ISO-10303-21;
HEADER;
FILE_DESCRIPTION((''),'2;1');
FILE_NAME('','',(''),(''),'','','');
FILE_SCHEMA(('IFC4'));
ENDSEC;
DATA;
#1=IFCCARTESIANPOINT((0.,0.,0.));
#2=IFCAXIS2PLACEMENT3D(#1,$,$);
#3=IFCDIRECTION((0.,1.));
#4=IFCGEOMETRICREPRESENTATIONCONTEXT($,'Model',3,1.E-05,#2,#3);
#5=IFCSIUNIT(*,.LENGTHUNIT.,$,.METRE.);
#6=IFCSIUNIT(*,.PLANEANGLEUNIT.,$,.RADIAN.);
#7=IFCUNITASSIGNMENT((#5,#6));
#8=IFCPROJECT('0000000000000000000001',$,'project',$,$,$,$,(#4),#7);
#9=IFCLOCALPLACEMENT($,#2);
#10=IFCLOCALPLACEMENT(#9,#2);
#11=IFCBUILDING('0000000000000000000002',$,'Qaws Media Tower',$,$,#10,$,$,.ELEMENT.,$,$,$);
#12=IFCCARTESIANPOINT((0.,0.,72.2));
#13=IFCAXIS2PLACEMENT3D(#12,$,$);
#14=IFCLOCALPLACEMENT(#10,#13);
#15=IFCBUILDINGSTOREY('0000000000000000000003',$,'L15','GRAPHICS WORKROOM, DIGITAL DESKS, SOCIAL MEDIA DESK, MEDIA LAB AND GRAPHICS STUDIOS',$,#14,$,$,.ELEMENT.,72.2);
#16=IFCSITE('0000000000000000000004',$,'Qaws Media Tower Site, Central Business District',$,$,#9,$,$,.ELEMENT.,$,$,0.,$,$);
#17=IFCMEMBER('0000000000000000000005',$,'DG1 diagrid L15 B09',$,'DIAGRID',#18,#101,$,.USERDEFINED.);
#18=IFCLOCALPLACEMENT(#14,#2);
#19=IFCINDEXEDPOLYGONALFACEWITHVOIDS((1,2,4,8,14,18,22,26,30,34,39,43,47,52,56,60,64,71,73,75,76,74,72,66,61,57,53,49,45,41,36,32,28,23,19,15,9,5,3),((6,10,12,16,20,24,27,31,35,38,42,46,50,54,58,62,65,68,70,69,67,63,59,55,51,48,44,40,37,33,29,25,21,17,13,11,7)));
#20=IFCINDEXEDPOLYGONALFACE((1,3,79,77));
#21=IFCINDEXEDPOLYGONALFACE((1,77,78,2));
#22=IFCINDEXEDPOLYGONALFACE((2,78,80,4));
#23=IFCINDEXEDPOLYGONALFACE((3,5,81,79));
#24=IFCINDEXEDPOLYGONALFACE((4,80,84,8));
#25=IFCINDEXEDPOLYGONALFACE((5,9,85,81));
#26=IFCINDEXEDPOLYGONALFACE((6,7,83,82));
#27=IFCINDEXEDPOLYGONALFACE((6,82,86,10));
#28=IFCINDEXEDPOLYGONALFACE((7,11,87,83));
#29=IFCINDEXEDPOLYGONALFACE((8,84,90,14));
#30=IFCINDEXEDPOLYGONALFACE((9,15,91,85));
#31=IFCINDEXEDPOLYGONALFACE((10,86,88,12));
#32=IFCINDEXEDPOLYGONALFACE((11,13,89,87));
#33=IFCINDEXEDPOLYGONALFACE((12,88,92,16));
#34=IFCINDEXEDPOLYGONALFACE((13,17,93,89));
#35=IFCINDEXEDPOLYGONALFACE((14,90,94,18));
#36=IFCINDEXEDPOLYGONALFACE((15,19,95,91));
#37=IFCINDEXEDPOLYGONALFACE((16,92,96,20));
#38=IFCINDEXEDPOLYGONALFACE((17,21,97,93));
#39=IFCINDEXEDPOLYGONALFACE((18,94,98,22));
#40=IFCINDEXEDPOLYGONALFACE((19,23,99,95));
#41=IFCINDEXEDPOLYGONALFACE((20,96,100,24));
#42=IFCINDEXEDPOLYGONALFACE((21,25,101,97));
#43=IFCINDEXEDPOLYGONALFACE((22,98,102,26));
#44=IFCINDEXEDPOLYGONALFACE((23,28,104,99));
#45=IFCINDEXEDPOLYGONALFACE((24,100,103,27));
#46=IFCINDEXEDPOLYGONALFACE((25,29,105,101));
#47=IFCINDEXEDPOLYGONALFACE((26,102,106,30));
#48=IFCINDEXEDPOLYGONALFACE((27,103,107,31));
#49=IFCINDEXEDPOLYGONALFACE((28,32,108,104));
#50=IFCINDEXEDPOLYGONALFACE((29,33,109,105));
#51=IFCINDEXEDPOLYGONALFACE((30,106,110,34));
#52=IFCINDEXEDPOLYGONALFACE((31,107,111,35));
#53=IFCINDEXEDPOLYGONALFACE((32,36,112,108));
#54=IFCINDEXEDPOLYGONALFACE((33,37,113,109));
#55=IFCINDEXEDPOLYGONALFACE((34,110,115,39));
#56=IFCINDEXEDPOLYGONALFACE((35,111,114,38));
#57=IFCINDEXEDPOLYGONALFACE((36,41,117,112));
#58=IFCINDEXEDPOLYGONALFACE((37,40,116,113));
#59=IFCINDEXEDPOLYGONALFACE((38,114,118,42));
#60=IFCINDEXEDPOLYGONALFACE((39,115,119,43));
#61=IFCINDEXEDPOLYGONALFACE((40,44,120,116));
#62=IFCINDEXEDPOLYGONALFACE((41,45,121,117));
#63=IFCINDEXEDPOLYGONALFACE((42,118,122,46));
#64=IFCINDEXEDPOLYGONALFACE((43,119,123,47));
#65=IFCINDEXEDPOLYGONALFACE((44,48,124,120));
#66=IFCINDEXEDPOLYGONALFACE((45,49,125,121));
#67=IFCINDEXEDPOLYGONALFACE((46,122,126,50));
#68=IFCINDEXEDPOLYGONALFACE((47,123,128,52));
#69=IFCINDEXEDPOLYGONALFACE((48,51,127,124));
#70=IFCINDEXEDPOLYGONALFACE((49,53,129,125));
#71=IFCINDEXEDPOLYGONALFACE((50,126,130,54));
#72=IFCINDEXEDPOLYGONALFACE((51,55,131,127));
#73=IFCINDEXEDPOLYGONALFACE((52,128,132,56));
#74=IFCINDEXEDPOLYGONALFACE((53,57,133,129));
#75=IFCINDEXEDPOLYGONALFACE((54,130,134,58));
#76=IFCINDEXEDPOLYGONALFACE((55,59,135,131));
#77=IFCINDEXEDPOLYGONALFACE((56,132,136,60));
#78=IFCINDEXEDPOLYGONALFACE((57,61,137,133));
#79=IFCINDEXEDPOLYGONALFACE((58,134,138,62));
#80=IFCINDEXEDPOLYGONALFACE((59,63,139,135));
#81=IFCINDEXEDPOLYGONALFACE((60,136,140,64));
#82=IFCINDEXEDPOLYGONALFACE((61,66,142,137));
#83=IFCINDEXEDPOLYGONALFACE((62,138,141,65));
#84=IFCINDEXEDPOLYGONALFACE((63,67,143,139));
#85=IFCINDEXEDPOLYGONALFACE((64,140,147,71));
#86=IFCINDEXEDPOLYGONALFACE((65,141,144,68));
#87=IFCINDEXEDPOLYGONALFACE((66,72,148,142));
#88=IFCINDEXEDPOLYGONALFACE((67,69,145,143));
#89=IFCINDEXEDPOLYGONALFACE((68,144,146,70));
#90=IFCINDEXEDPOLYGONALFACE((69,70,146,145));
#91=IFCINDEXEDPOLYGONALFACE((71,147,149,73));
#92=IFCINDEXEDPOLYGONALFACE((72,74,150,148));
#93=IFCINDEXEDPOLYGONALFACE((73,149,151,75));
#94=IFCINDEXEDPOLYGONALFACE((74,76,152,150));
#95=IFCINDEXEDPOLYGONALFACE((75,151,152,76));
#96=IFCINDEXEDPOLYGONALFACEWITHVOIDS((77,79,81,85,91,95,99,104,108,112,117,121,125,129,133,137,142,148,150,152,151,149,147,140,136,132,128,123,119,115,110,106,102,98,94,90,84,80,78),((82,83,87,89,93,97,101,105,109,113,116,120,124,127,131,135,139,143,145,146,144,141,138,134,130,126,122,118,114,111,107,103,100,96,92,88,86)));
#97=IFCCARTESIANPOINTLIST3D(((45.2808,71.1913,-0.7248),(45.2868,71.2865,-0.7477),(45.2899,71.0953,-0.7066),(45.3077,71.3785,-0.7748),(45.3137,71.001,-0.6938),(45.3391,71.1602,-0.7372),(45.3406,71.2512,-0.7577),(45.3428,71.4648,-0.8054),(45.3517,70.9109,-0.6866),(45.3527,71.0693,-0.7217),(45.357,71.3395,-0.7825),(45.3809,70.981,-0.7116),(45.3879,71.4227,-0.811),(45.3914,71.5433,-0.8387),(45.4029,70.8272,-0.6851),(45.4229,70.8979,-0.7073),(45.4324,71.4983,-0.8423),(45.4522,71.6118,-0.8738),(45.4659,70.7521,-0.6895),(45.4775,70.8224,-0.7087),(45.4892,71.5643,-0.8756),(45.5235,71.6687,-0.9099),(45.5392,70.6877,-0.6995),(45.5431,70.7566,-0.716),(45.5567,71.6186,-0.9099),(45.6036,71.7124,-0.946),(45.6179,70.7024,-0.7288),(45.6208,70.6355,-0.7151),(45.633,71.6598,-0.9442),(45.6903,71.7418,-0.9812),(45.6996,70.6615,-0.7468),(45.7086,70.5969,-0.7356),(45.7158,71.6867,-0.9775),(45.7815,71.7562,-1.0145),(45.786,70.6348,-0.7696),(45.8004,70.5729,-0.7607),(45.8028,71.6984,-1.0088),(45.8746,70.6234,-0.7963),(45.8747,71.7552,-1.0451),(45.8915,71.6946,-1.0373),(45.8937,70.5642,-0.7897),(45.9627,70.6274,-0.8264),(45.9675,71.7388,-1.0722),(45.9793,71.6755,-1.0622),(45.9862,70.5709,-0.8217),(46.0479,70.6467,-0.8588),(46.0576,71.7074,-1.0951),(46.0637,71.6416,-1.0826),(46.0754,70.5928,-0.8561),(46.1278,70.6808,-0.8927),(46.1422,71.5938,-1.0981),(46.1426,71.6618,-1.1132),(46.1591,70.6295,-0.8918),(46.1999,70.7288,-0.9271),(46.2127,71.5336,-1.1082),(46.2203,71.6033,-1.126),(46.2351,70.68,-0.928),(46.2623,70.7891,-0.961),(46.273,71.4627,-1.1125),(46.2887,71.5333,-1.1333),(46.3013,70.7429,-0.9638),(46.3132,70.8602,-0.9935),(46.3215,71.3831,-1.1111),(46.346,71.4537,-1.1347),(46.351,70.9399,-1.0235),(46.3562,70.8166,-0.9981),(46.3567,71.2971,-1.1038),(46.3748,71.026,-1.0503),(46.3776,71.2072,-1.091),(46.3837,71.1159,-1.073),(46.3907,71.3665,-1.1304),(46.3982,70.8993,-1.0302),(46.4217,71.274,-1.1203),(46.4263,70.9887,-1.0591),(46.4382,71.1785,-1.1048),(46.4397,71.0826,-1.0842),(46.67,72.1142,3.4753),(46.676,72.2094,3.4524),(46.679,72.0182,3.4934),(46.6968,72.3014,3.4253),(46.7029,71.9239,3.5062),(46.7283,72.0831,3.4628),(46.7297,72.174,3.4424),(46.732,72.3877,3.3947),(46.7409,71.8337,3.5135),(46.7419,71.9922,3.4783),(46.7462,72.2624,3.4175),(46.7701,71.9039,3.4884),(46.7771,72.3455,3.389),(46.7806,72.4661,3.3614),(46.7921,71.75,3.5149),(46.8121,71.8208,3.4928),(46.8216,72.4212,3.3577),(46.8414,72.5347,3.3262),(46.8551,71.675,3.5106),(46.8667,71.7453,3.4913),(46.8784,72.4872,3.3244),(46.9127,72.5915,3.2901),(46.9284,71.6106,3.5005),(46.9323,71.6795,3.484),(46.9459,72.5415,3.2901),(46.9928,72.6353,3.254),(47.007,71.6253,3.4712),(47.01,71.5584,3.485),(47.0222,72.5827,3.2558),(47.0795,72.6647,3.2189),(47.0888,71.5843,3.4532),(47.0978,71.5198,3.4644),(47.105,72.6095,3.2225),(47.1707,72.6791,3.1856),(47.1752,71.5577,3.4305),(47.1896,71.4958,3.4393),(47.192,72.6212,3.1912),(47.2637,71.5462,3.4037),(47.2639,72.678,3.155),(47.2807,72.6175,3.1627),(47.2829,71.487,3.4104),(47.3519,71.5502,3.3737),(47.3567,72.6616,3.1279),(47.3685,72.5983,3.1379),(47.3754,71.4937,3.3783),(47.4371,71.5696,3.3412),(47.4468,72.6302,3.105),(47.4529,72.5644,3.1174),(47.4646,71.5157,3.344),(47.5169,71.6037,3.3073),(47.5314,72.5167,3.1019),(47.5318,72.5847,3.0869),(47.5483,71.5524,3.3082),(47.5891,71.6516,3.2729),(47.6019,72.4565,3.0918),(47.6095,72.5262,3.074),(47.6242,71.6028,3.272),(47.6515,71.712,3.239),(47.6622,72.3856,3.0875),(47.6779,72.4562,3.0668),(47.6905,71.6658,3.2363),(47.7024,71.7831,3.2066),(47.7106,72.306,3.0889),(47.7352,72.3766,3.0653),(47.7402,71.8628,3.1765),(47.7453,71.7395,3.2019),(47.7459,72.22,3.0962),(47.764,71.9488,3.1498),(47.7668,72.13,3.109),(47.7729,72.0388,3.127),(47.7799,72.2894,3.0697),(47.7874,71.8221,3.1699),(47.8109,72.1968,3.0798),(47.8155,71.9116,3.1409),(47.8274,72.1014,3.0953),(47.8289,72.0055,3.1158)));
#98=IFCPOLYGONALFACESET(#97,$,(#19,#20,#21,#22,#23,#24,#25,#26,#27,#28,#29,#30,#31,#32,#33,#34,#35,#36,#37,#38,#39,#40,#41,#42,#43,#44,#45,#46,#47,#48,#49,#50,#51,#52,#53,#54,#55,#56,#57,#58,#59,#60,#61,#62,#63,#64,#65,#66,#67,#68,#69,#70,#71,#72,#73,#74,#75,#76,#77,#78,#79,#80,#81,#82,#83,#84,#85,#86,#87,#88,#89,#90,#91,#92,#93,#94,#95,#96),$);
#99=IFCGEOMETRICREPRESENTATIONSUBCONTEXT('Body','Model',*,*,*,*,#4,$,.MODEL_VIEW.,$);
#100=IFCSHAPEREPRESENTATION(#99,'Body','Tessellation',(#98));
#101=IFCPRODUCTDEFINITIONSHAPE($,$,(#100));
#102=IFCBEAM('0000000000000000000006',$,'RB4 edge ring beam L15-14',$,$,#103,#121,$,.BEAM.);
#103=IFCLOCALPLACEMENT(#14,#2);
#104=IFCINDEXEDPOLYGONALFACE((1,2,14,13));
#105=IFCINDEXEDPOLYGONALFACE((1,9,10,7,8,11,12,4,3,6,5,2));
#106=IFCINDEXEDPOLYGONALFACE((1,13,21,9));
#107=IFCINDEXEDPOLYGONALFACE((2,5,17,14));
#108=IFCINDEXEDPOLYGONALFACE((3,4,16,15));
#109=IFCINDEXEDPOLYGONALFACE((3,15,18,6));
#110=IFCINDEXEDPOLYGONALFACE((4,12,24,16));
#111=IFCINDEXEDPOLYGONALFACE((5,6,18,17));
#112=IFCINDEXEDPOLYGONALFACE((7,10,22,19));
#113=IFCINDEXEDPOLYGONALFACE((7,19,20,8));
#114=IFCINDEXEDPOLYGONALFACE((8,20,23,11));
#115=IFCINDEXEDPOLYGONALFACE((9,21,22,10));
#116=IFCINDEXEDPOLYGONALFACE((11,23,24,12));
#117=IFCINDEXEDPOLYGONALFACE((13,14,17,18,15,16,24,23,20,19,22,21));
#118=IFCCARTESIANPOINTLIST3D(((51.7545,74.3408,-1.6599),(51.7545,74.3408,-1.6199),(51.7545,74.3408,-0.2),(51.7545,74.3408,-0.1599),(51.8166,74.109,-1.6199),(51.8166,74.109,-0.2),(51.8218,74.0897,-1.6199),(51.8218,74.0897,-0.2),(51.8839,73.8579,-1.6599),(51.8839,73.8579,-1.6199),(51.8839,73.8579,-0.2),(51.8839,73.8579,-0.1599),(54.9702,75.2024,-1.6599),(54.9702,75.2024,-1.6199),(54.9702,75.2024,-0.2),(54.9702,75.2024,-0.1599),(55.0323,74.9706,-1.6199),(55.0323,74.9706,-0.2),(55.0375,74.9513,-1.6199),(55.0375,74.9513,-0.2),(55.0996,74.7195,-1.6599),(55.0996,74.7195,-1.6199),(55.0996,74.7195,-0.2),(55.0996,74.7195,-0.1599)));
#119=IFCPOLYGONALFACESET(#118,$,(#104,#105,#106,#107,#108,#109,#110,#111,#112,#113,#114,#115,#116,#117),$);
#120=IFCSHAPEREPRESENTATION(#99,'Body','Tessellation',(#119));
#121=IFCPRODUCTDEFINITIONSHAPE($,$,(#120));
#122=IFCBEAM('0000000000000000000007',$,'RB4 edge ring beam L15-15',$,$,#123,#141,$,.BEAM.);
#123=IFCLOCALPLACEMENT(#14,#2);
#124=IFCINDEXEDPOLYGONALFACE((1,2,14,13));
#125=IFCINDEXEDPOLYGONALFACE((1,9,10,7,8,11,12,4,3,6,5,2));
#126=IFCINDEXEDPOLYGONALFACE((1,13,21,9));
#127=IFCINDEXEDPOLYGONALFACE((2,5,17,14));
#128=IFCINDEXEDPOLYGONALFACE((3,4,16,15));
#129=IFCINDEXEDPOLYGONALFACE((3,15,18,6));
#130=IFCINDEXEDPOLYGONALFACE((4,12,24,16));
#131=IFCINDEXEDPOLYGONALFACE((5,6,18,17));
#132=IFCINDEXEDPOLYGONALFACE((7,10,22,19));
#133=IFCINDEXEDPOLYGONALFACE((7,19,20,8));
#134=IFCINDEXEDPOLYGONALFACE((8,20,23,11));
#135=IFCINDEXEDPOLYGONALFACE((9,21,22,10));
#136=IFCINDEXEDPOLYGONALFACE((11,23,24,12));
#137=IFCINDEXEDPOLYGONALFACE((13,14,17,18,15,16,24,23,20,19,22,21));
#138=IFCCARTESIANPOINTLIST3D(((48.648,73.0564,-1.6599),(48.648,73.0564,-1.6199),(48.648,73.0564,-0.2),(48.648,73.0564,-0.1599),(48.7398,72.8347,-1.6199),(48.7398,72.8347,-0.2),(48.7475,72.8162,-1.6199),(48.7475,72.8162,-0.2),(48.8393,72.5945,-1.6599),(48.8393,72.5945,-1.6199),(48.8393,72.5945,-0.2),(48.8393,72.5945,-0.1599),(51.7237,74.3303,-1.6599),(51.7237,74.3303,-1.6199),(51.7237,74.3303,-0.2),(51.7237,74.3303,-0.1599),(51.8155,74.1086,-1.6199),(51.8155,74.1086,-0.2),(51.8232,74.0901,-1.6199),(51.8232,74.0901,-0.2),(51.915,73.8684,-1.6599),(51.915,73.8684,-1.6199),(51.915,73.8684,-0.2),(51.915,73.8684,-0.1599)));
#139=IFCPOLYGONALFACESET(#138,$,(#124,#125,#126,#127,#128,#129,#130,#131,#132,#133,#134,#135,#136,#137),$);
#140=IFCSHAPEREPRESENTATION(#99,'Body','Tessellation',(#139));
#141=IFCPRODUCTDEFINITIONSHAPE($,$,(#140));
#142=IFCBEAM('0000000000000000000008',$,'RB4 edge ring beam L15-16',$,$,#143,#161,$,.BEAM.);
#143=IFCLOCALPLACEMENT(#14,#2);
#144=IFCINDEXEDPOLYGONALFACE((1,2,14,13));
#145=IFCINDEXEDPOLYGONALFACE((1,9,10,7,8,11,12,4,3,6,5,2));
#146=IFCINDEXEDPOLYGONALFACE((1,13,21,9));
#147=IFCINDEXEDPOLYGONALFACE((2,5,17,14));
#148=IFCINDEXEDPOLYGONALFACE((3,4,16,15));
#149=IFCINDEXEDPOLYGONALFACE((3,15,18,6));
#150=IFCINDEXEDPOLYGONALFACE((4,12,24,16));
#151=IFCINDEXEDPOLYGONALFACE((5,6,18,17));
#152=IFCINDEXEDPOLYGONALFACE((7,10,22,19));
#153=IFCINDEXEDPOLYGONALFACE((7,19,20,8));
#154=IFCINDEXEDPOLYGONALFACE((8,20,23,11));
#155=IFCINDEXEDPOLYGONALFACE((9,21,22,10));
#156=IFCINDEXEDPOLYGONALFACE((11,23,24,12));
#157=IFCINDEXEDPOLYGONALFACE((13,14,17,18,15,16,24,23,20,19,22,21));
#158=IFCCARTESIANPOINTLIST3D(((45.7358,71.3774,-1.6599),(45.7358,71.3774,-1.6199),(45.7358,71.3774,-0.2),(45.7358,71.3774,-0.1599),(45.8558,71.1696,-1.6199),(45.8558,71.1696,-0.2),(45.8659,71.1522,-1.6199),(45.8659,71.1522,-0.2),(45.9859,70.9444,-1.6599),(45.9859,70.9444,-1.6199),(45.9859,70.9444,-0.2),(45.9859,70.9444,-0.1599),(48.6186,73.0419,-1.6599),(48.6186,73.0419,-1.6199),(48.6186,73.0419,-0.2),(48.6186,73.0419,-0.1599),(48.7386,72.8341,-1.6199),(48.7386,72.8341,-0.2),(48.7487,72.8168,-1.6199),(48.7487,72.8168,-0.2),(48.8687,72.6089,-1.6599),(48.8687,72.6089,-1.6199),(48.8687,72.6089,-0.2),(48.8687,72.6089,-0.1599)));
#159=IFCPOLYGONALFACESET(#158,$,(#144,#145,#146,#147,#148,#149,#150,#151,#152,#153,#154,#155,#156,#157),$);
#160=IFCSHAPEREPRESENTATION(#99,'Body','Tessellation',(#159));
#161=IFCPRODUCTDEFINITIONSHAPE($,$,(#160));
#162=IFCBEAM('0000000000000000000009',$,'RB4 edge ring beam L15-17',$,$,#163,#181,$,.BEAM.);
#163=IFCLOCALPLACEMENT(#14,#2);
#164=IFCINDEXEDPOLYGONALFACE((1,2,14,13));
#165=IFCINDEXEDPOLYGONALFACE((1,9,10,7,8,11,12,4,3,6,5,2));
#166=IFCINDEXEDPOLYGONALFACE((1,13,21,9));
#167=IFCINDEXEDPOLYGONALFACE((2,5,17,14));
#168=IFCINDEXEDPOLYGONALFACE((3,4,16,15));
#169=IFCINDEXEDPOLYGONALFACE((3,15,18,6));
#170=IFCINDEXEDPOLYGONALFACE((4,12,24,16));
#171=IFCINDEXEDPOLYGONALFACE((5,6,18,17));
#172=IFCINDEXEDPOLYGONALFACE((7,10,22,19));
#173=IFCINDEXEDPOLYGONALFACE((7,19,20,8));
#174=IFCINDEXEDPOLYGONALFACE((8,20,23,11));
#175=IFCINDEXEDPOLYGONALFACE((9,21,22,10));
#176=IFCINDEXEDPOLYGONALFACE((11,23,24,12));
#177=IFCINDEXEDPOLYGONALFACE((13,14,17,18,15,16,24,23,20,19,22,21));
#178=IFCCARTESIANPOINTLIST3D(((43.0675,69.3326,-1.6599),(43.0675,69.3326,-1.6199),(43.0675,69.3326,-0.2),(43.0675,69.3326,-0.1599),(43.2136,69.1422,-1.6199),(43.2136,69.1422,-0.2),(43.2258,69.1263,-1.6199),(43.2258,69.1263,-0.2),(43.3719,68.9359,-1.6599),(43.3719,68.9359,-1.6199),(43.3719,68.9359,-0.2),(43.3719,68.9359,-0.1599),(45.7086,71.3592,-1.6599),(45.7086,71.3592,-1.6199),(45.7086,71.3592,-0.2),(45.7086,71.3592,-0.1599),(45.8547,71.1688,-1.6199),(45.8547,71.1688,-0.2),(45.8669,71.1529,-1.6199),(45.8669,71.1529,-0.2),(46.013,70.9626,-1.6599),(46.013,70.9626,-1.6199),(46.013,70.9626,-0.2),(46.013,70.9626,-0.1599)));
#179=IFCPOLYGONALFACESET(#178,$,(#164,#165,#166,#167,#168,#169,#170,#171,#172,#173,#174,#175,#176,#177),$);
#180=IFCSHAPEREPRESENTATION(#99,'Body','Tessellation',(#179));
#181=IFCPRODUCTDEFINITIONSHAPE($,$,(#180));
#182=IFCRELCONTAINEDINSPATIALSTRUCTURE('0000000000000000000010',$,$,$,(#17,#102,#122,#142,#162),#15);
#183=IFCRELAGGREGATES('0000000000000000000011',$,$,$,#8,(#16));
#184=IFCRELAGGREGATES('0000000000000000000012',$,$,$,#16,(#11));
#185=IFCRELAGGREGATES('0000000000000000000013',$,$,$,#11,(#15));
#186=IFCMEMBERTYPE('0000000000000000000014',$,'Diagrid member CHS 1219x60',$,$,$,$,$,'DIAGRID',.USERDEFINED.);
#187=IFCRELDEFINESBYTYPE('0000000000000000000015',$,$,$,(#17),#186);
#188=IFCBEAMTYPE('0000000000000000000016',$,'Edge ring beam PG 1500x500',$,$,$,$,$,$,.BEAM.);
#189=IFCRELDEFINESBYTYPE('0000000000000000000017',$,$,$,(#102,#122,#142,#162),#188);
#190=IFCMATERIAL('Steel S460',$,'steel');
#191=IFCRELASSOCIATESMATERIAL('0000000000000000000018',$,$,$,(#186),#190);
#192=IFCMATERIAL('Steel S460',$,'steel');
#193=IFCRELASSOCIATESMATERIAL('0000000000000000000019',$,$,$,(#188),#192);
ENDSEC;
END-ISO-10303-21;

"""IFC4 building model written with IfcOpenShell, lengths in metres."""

from ifc_helpers import new_model, si_unit, direction, frame, origin, origin_2d, place, context, subcontext, project, spatial, hollow_circle, i_section, extrude, material, material_profile, profile_set, type_object, element, save


model = new_model("IFC4")

# Units and contexts
model_context = context("Model", 3, precision=1e-05, world=origin(), true_north=direction((0.0, 1.0)))
body_context = subcontext(model_context, "Body", "Model", "MODEL_VIEW")
ifc_project = project(units=[si_unit("LENGTHUNIT", "METRE"), si_unit("PLANEANGLEUNIT", "RADIAN")], contexts=[model_context])

# Site, building, storey
site_placement = place(None, origin())
site = spatial("IfcSite", under=ifc_project, at=site_placement, Name="Qaws Media Tower Site, Central Business District", CompositionType="ELEMENT", RefElevation=0.0)
building_placement = place(site_placement, origin())
building = spatial("IfcBuilding", under=site, at=building_placement, Name="Qaws Media Tower", CompositionType="ELEMENT")
storey_placement = place(building_placement, frame((0.0, 0.0, 72.2)))
storey = spatial("IfcBuildingStorey", under=building, at=storey_placement, Name="L15", Description="GRAPHICS WORKROOM, DIGITAL DESKS, SOCIAL MEDIA DESK, MEDIA LAB AND GRAPHICS STUDIOS", CompositionType="ELEMENT", Elevation=72.2)

# Member
ifc_material_1 = material(Name="Steel S460", Category="steel")
ifc_material_profile_1 = material_profile(ifc_material_1, hollow_circle(Radius=0.6096, WallThickness=0.0601, at=origin_2d()), Name="CHS 1219x60")
ifc_profile_set_1 = profile_set([ifc_material_profile_1], Name="Steel S460")
member_type_1 = type_object("IfcMemberType", Name="Diagrid member CHS 1219x60", ElementType="DIAGRID", PredefinedType="USERDEFINED", material=ifc_profile_set_1)
for number, where, z_axis, x_axis, name in (
    (1, (45.8608, 71.1609, -0.9099), (0.307407, 0.204218, 0.929406), (-0.553348, 0.83295, 0.0), "DG1 diagrid L15 B09"),
):
    element("IfcMember", number, at=place(storey_placement, frame(where, z_axis=z_axis, x_axis=x_axis)), inside=storey, type_object=member_type_1, Name=name, ObjectType="DIAGRID", PredefinedType="USERDEFINED", context=body_context, shape_type="SweptSolid", body=[
        extrude(hollow_circle(Radius=0.6096, WallThickness=0.0601, at=origin_2d()), origin(), (0.0, 0.0, 1.0), 4.519),
    ])

# Beams
ifc_material_2 = material(Name="Steel S460", Category="steel")
ifc_material_profile_2 = material_profile(ifc_material_2, i_section(OverallWidth=0.5, OverallDepth=1.5, WebThickness=0.02, FlangeThickness=0.04, at=origin_2d()), Name="PG 1500x500")
ifc_profile_set_2 = profile_set([ifc_material_profile_2], Name="Steel S460")
beam_type_1 = type_object("IfcBeamType", Name="Edge ring beam PG 1500x500", PredefinedType="BEAM", material=ifc_profile_set_2)
for number, where, z_axis, x_axis, name in (
    (2, (55.0349, 74.9609, -0.9099), (-0.965929, -0.258808, 0.0), (0.258808, -0.965929, 0.0), "RB4 edge ring beam L15-14"),
    (3, (51.8193, 74.0994, -0.9099), (-0.923886, -0.382667, 0.0), (0.382667, -0.923886, 0.0), "RB4 edge ring beam L15-15"),
):
    element("IfcBeam", number, at=place(storey_placement, frame(where, z_axis=z_axis, x_axis=x_axis)), inside=storey, type_object=beam_type_1, Name=name, PredefinedType="BEAM", context=body_context, shape_type="SweptSolid", body=[
        extrude(i_section(OverallWidth=0.5, OverallDepth=1.5, WebThickness=0.02, FlangeThickness=0.04, at=origin_2d()), origin(), (0.0, 0.0, 1.0), 3.3291),
    ])
beam_1_placement = place(storey_placement, frame((48.7437, 72.8254, -0.9099), z_axis=(-0.866005, -0.500036, 0.0), x_axis=(0.500036, -0.866005, 0.0)))
element("IfcBeam", 4, at=beam_1_placement, inside=storey, type_object=beam_type_1, Name="RB4 edge ring beam L15-16", PredefinedType="BEAM", context=body_context, shape_type="SweptSolid", body=[
    extrude(i_section(OverallWidth=0.5, OverallDepth=1.5, WebThickness=0.02, FlangeThickness=0.04, at=origin_2d()), origin(), (0.0, 0.0, 1.0), 3.3289),
])
beam_2_placement = place(storey_placement, frame((45.8608, 71.1609, -0.9099), z_axis=(-0.793351, -0.608764, 0.0), x_axis=(0.608764, -0.793351, 0.0)))
element("IfcBeam", 5, at=beam_2_placement, inside=storey, type_object=beam_type_1, Name="RB4 edge ring beam L15-17", PredefinedType="BEAM", context=body_context, shape_type="SweptSolid", body=[
    extrude(i_section(OverallWidth=0.5, OverallDepth=1.5, WebThickness=0.02, FlangeThickness=0.04, at=origin_2d()), origin(), (0.0, 0.0, 1.0), 3.3291),
])

save(model, "model.ifc")
